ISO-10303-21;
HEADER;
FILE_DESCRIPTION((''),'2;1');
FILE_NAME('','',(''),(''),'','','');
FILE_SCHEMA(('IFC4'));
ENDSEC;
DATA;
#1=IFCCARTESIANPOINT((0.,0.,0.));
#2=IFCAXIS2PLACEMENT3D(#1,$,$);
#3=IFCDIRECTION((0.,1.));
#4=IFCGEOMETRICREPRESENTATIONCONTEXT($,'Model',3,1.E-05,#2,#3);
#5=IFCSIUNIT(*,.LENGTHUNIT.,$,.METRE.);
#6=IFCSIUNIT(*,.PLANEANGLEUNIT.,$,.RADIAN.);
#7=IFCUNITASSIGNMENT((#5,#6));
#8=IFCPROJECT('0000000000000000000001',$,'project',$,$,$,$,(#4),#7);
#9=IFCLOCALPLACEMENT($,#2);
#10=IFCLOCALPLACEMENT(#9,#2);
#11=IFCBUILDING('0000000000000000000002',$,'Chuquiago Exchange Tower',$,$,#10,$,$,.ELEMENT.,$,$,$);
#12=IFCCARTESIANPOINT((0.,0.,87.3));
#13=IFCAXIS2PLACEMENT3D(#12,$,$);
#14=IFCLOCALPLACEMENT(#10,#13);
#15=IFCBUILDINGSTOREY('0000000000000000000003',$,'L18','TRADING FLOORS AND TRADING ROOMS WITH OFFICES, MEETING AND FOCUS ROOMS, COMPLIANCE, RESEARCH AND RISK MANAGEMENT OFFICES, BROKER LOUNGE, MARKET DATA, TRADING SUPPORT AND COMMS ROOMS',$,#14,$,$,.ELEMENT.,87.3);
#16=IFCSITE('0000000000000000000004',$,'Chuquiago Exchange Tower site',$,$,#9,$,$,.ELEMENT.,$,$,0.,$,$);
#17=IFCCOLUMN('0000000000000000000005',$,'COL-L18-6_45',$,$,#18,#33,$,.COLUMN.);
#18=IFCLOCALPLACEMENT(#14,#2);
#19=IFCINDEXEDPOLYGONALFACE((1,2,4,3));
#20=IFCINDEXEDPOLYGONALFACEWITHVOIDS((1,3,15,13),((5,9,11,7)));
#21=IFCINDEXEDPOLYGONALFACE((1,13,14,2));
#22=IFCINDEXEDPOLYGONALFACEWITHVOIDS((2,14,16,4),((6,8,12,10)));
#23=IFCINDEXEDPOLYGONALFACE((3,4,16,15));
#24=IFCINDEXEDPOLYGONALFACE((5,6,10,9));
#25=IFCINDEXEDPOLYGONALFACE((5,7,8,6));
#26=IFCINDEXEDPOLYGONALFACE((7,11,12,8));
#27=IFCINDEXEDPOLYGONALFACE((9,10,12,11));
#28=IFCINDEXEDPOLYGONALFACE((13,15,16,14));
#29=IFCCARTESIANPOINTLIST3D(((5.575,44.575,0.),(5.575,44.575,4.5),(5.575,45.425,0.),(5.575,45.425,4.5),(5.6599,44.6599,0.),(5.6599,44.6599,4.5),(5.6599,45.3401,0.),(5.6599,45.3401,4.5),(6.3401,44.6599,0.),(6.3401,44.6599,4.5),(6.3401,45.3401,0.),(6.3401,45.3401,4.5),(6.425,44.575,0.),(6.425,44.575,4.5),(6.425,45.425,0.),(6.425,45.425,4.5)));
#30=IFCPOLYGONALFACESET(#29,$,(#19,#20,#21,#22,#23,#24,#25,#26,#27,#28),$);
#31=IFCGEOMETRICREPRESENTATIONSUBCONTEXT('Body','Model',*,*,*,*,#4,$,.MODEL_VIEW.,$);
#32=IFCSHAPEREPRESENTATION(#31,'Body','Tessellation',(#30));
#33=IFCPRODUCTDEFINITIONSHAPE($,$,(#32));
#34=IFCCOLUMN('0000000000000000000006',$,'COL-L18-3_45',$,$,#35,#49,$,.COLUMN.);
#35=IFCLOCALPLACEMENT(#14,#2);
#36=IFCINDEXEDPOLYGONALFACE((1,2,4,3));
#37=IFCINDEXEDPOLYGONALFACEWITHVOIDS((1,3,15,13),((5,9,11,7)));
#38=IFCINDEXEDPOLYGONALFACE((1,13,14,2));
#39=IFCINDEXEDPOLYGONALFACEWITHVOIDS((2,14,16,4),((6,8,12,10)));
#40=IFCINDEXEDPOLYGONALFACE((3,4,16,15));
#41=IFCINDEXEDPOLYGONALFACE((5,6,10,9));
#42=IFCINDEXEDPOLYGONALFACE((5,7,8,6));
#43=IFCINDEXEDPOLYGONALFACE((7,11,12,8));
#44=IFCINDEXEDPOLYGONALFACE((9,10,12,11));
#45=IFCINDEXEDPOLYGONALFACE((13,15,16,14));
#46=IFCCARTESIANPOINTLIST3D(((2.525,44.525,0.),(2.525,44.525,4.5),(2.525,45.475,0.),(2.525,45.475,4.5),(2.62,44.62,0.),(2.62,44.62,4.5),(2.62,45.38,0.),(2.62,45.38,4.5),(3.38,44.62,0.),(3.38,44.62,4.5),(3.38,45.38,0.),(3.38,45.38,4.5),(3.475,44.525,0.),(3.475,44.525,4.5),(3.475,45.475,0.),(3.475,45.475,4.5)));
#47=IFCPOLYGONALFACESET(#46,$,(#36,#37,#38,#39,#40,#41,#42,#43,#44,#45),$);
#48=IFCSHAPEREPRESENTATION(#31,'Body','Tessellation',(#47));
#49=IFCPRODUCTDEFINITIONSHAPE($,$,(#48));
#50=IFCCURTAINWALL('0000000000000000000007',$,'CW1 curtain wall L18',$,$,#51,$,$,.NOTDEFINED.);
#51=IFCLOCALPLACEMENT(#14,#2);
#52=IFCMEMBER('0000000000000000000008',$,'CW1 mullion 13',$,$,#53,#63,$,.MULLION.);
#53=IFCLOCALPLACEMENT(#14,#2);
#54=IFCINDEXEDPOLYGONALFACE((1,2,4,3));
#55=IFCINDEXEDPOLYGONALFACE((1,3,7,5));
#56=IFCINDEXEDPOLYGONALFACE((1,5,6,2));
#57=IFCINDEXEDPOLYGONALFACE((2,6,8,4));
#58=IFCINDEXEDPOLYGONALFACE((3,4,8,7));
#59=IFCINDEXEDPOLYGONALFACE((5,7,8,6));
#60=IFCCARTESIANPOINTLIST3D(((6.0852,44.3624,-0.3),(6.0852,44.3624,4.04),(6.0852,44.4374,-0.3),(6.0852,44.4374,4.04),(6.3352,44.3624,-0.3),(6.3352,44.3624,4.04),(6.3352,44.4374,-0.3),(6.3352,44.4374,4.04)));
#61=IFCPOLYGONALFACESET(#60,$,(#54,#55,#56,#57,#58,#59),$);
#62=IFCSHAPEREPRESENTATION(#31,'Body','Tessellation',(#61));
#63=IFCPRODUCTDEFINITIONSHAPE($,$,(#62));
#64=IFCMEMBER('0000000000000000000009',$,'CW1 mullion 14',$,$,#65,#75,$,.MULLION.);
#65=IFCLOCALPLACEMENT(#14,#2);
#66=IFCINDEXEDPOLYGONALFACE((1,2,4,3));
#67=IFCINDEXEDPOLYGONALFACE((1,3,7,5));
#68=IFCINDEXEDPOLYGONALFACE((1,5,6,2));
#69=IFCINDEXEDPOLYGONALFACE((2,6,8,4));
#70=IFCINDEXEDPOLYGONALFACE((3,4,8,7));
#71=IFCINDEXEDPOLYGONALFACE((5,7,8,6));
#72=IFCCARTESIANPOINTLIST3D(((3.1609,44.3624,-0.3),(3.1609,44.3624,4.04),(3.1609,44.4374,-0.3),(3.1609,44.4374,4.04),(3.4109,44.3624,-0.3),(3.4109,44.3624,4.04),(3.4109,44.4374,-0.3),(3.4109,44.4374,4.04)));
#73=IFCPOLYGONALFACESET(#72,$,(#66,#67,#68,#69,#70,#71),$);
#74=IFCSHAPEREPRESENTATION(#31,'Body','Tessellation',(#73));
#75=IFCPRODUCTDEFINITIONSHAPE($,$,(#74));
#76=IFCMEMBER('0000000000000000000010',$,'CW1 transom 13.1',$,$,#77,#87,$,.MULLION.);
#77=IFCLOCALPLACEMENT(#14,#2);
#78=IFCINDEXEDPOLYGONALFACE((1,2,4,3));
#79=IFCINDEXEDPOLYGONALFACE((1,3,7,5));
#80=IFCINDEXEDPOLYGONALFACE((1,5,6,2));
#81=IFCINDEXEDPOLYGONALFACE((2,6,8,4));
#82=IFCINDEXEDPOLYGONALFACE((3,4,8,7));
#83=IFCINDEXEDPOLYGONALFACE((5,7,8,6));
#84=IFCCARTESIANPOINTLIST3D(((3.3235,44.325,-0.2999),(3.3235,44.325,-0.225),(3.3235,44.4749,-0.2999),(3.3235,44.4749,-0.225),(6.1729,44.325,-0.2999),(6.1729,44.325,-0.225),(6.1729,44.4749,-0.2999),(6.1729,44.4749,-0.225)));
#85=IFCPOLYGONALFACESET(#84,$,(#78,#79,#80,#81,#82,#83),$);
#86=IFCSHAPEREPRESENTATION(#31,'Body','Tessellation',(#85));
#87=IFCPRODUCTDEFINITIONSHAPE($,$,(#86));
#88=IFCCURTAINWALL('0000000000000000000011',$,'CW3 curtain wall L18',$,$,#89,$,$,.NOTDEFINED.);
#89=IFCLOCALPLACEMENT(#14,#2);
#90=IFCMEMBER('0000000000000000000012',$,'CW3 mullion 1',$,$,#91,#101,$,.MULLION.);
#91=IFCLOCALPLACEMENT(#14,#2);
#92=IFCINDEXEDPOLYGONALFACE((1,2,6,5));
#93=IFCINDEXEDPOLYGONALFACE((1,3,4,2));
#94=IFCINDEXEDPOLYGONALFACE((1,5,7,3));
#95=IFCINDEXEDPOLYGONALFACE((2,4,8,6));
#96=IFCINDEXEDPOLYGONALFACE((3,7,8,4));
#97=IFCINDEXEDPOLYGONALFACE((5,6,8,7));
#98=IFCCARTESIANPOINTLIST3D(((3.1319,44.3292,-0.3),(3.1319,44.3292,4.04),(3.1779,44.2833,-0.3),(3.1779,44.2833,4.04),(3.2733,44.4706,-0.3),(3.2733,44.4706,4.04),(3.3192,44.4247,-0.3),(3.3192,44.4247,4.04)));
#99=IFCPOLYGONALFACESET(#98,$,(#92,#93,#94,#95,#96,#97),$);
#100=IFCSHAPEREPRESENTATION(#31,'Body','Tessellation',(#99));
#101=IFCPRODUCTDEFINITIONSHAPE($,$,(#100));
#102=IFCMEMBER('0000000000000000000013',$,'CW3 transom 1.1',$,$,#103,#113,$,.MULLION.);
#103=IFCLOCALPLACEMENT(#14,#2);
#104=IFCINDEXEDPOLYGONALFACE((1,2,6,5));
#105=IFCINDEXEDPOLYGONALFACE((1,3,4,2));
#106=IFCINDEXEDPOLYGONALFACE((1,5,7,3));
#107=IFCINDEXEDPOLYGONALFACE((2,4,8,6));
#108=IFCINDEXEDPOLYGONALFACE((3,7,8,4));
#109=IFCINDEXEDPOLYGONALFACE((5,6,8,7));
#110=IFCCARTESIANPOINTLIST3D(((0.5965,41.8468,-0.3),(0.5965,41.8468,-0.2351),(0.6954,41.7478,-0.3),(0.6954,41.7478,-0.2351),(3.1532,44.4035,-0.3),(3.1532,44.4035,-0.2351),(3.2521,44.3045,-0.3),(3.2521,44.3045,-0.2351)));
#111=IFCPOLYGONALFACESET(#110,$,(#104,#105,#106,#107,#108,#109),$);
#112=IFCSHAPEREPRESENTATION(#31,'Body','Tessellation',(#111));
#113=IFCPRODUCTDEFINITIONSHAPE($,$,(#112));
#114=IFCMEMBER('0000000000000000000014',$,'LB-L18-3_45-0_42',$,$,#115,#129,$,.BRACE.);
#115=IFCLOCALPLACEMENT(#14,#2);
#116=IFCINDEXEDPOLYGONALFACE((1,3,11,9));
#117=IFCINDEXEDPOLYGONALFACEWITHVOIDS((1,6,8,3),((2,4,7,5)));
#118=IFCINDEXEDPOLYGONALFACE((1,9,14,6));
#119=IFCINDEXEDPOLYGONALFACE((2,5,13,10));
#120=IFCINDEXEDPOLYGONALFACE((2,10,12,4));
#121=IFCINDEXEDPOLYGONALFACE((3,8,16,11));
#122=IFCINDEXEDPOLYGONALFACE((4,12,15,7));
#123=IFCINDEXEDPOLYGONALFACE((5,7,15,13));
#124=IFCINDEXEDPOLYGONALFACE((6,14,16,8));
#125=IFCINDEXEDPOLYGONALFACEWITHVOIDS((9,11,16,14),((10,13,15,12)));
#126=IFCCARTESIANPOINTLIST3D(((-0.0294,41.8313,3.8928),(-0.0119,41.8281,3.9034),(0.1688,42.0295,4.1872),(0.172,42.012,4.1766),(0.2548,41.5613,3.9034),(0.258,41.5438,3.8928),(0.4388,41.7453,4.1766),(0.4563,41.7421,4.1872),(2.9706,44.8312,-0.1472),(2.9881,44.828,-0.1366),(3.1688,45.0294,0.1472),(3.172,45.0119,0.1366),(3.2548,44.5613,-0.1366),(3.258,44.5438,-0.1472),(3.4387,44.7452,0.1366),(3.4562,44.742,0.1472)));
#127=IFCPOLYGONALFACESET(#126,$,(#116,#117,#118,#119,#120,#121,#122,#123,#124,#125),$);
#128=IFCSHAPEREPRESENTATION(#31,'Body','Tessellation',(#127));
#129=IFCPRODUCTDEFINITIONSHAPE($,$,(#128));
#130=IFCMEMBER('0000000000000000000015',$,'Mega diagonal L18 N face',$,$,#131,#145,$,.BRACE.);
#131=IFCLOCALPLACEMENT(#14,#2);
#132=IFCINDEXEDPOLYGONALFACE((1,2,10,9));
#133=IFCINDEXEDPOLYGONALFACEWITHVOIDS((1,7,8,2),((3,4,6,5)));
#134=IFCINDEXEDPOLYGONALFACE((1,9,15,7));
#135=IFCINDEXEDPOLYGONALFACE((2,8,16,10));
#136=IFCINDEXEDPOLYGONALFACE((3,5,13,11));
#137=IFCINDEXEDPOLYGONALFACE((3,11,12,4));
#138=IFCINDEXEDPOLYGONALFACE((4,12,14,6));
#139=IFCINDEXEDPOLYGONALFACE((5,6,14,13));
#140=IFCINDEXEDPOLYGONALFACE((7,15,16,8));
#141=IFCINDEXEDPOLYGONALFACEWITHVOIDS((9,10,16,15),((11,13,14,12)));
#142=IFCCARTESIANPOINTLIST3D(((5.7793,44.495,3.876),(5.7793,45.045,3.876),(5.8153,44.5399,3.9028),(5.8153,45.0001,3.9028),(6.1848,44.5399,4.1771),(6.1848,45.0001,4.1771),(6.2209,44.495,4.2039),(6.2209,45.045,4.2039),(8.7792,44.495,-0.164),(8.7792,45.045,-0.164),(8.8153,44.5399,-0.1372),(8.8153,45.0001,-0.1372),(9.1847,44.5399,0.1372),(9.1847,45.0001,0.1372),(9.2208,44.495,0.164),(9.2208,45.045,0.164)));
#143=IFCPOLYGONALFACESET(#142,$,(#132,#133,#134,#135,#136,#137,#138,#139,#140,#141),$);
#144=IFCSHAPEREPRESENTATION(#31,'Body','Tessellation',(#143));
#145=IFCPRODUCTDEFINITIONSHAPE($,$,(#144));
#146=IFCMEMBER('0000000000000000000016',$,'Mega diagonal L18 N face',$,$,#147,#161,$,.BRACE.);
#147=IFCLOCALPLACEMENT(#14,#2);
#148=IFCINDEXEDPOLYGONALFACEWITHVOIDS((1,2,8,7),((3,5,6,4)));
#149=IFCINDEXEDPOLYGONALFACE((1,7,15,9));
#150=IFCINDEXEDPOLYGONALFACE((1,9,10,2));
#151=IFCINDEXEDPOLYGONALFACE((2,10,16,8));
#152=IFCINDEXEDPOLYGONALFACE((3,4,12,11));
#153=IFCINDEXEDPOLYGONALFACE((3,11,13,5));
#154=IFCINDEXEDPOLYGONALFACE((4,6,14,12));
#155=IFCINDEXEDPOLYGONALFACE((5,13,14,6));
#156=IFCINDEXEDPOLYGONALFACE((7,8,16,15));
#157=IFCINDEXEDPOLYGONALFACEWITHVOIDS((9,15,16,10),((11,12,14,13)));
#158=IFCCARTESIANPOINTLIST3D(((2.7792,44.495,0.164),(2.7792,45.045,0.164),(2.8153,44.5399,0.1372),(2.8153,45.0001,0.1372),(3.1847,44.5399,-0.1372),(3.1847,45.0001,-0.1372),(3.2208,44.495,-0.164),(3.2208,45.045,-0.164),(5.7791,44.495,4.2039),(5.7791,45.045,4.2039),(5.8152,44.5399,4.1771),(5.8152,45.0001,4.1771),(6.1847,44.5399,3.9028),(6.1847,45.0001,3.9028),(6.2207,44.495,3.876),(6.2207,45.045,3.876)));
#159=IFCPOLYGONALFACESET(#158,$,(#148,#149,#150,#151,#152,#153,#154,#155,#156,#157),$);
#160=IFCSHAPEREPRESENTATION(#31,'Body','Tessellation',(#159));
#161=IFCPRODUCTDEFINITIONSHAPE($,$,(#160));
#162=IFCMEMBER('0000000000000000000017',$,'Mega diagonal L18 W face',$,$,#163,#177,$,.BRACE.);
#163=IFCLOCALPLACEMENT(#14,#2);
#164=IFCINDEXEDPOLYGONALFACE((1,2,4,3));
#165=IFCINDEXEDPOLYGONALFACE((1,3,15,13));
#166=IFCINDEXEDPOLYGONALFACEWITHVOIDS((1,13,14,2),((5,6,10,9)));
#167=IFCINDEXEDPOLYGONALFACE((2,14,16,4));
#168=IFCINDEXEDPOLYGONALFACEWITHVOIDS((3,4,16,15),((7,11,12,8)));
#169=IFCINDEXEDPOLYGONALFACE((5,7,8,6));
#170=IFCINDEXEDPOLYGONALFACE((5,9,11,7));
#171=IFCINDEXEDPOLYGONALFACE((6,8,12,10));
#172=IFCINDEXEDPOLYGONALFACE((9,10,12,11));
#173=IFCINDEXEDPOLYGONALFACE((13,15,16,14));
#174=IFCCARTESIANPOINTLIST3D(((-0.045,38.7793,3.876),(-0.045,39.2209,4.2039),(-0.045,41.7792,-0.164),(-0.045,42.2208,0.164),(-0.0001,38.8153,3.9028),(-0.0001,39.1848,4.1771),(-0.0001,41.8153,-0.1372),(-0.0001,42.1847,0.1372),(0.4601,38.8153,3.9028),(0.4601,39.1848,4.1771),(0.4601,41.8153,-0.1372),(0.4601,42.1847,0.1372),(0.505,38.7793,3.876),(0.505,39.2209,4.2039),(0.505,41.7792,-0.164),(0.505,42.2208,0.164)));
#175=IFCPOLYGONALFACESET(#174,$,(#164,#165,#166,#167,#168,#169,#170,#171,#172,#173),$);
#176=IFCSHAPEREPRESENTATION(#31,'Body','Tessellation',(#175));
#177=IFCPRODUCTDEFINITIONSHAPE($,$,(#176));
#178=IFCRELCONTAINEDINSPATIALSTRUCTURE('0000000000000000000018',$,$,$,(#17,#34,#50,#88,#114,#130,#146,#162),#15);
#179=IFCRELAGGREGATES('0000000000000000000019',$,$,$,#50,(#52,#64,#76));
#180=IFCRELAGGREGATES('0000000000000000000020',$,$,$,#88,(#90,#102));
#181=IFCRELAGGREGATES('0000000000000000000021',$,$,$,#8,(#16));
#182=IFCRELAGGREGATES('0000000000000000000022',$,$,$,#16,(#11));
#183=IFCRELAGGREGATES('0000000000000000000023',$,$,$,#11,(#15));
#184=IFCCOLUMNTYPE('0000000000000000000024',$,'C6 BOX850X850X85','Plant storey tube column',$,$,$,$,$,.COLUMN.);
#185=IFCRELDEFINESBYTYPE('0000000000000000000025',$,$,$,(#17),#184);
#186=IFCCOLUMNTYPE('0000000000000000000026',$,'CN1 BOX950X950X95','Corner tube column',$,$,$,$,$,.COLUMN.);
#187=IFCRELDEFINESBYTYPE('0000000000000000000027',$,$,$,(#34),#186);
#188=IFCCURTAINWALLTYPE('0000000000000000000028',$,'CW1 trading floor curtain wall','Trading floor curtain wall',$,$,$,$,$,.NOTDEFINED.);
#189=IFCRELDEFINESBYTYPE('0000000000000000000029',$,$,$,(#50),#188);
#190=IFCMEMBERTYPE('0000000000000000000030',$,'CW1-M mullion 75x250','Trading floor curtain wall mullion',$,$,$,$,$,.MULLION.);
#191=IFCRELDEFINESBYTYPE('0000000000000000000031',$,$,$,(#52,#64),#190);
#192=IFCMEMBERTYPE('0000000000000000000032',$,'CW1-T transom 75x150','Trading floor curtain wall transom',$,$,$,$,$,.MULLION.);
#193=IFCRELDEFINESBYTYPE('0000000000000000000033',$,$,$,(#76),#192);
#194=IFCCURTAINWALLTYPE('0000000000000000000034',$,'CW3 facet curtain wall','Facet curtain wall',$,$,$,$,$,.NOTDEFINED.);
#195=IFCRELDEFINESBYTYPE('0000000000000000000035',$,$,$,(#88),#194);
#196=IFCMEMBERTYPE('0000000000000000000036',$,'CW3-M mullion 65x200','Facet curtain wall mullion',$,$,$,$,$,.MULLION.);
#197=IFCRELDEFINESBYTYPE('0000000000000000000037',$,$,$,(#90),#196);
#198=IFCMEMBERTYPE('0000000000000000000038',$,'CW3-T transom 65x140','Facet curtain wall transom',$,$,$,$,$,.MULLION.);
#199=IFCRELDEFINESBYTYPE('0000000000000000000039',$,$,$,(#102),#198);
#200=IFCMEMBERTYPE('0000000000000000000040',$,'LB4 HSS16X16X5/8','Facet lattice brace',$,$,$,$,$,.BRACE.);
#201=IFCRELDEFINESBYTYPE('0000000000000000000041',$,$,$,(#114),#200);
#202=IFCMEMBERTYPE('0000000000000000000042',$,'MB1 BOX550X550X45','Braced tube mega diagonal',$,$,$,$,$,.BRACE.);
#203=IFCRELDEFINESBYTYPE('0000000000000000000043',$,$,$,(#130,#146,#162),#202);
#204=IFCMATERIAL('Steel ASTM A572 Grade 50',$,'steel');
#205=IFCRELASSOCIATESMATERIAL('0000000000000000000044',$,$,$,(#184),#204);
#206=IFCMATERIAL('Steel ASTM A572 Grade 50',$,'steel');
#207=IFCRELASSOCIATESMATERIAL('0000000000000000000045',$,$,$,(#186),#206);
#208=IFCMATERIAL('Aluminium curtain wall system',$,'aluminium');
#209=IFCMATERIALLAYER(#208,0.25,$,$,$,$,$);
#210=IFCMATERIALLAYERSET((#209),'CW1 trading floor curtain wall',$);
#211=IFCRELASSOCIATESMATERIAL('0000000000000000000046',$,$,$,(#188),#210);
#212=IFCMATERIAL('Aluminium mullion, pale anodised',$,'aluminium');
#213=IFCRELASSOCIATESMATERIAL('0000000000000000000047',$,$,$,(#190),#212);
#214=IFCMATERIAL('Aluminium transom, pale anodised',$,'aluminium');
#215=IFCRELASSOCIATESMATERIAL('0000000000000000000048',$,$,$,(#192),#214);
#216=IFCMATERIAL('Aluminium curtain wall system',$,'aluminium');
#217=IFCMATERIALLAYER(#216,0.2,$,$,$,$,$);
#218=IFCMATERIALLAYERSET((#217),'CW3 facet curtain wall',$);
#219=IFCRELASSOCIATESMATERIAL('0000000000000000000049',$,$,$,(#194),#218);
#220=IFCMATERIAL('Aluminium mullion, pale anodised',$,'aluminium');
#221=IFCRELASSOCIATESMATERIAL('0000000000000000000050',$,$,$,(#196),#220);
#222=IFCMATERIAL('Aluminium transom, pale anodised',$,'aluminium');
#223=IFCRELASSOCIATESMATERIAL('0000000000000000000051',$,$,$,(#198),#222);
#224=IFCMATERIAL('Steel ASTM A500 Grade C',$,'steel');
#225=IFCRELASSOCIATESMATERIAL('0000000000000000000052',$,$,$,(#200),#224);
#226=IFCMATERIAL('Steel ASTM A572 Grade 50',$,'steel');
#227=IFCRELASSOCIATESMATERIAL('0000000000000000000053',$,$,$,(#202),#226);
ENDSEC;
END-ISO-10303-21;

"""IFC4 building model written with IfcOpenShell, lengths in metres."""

from ifc_helpers import new_model, si_unit, direction, frame, origin, origin_2d, place, context, subcontext, project, spatial, rectangle, hollow_rectangle, extrude, material, layer, layer_set, material_profile, profile_set, type_object, element, aggregate, save


model = new_model("IFC4")

# Units and contexts
model_context = context("Model", 3, precision=1e-05, world=origin(), true_north=direction((0.0, 1.0)))
body_context = subcontext(model_context, "Body", "Model", "MODEL_VIEW")
ifc_project = project(units=[si_unit("LENGTHUNIT", "METRE"), si_unit("PLANEANGLEUNIT", "RADIAN")], contexts=[model_context])

# Site, building, storey
site_placement = place(None, origin())
site = spatial("IfcSite", under=ifc_project, at=site_placement, Name="Chuquiago Exchange Tower site", CompositionType="ELEMENT", RefElevation=0.0)
building_placement = place(site_placement, origin())
building = spatial("IfcBuilding", under=site, at=building_placement, Name="Chuquiago Exchange Tower", CompositionType="ELEMENT")
storey_placement = place(building_placement, frame((0.0, 0.0, 87.3)))
storey = spatial("IfcBuildingStorey", under=building, at=storey_placement, Name="L18", Description="TRADING FLOORS AND TRADING ROOMS WITH OFFICES, MEETING AND FOCUS ROOMS, COMPLIANCE, RESEARCH AND RISK MANAGEMENT OFFICES, BROKER LOUNGE, MARKET DATA, TRADING SUPPORT AND COMMS ROOMS", CompositionType="ELEMENT", Elevation=87.3)

# Columns
ifc_material_1 = material(Name="Steel ASTM A572 Grade 50", Category="steel")
ifc_material_profile_1 = material_profile(ifc_material_1, hollow_rectangle(XDim=0.8501, YDim=0.8501, WallThickness=0.085, at=origin_2d()), Name="BOX850X850X85")
ifc_profile_set_1 = profile_set([ifc_material_profile_1], Name="Steel ASTM A572 Grade 50")
column_type_1 = type_object("IfcColumnType", Name="C6 BOX850X850X85", Description="Plant storey tube column", PredefinedType="COLUMN", material=ifc_profile_set_1)
column_1_placement = place(storey_placement, frame((6.0, 45.0, 0.0), z_axis=(0.0, 0.0, 1.0), x_axis=(0.0, 1.0, 0.0)))
element("IfcColumn", 1, at=column_1_placement, inside=storey, type_object=column_type_1, Name="COL-L18-6_45", PredefinedType="COLUMN", context=body_context, shape_type="SweptSolid", body=[
    extrude(hollow_rectangle(XDim=0.8501, YDim=0.8501, WallThickness=0.085, at=origin_2d()), origin(), (0.0, 0.0, 1.0), 4.5),
])
ifc_material_2 = material(Name="Steel ASTM A572 Grade 50", Category="steel")
ifc_material_profile_2 = material_profile(ifc_material_2, hollow_rectangle(XDim=0.95, YDim=0.95, WallThickness=0.095, at=origin_2d()), Name="BOX950X950X95")
ifc_profile_set_2 = profile_set([ifc_material_profile_2], Name="Steel ASTM A572 Grade 50")
column_type_2 = type_object("IfcColumnType", Name="CN1 BOX950X950X95", Description="Corner tube column", PredefinedType="COLUMN", material=ifc_profile_set_2)
column_2_placement = place(storey_placement, frame((3.0, 45.0, 0.0), z_axis=(0.0, 0.0, 1.0), x_axis=(0.0, 1.0, 0.0)))
element("IfcColumn", 2, at=column_2_placement, inside=storey, type_object=column_type_2, Name="COL-L18-3_45", PredefinedType="COLUMN", context=body_context, shape_type="SweptSolid", body=[
    extrude(hollow_rectangle(XDim=0.95, YDim=0.95, WallThickness=0.095, at=origin_2d()), origin(), (0.0, 0.0, 1.0), 4.5),
])

# Curtain walls, members
ifc_material_3 = material(Name="Aluminium curtain wall system", Category="aluminium")
ifc_layer_1 = layer(ifc_material_3, 0.25)
ifc_layer_set_1 = layer_set([ifc_layer_1], Name="CW1 trading floor curtain wall")
curtain_wall_type_1 = type_object("IfcCurtainWallType", Name="CW1 trading floor curtain wall", Description="Trading floor curtain wall", PredefinedType="NOTDEFINED", material=ifc_layer_set_1)
curtain_wall_1_placement = place(storey_placement, origin())
curtain_wall_1 = element("IfcCurtainWall", 3, at=curtain_wall_1_placement, inside=storey, type_object=curtain_wall_type_1, Name="CW1 curtain wall L18", PredefinedType="NOTDEFINED")
ifc_material_4 = material(Name="Aluminium mullion, pale anodised", Category="aluminium")
ifc_material_profile_3 = material_profile(ifc_material_4, rectangle(XDim=0.075, YDim=0.25, at=origin_2d()), Name="AL 75x250")
ifc_profile_set_3 = profile_set([ifc_material_profile_3], Name="Aluminium mullion, pale anodised")
member_type_1 = type_object("IfcMemberType", Name="CW1-M mullion 75x250", Description="Trading floor curtain wall mullion", PredefinedType="MULLION", material=ifc_profile_set_3)
member_1_placement = place(storey_placement, frame((6.2102, 44.3999, -0.3), z_axis=(0.0, 0.0, 1.0), x_axis=(0.0, -1.0, 0.0)))
member_1 = element("IfcMember", 4, at=member_1_placement, type_object=member_type_1, Name="CW1 mullion 13", PredefinedType="MULLION", context=body_context, shape_type="SweptSolid", body=[
    extrude(rectangle(XDim=0.075, YDim=0.25, at=origin_2d()), origin(), (0.0, 0.0, 1.0), 4.3401),
])
member_2_placement = place(storey_placement, frame((3.2859, 44.3999, -0.3), z_axis=(0.0, 0.0, 1.0), x_axis=(0.0, -1.0, 0.0)))
member_2 = element("IfcMember", 5, at=member_2_placement, type_object=member_type_1, Name="CW1 mullion 14", PredefinedType="MULLION", context=body_context, shape_type="SweptSolid", body=[
    extrude(rectangle(XDim=0.075, YDim=0.25, at=origin_2d()), origin(), (0.0, 0.0, 1.0), 4.3401),
])
ifc_material_5 = material(Name="Aluminium transom, pale anodised", Category="aluminium")
ifc_material_profile_4 = material_profile(ifc_material_5, rectangle(XDim=0.1499, YDim=0.075, at=origin_2d()), Name="AL 150x75")
ifc_profile_set_4 = profile_set([ifc_material_profile_4], Name="Aluminium transom, pale anodised")
member_type_2 = type_object("IfcMemberType", Name="CW1-T transom 75x150", Description="Trading floor curtain wall transom", PredefinedType="MULLION", material=ifc_profile_set_4)
member_3_placement = place(storey_placement, frame((6.1729, 44.3999, -0.2625), z_axis=(-1.0, 0.0, 0.0), x_axis=(0.0, -1.0, 0.0)))
member_3 = element("IfcMember", 6, at=member_3_placement, type_object=member_type_2, Name="CW1 transom 13.1", PredefinedType="MULLION", context=body_context, shape_type="SweptSolid", body=[
    extrude(rectangle(XDim=0.1499, YDim=0.075, at=origin_2d()), origin(), (0.0, 0.0, 1.0), 2.8494),
])
ifc_material_6 = material(Name="Aluminium curtain wall system", Category="aluminium")
ifc_layer_2 = layer(ifc_material_6, 0.2)
ifc_layer_set_2 = layer_set([ifc_layer_2], Name="CW3 facet curtain wall")
curtain_wall_type_2 = type_object("IfcCurtainWallType", Name="CW3 facet curtain wall", Description="Facet curtain wall", PredefinedType="NOTDEFINED", material=ifc_layer_set_2)
curtain_wall_2_placement = place(storey_placement, origin())
curtain_wall_2 = element("IfcCurtainWall", 7, at=curtain_wall_2_placement, inside=storey, type_object=curtain_wall_type_2, Name="CW3 curtain wall L18", PredefinedType="NOTDEFINED")
ifc_material_7 = material(Name="Aluminium mullion, pale anodised", Category="aluminium")
ifc_material_profile_5 = material_profile(ifc_material_7, rectangle(XDim=0.0649, YDim=0.2, at=origin_2d()), Name="AL 65x200")
ifc_profile_set_5 = profile_set([ifc_material_profile_5], Name="Aluminium mullion, pale anodised")
member_type_3 = type_object("IfcMemberType", Name="CW3-M mullion 65x200", Description="Facet curtain wall mullion", PredefinedType="MULLION", material=ifc_profile_set_5)
member_4_placement = place(storey_placement, frame((3.2256, 44.377, -0.3), z_axis=(0.0, 0.0, 1.0), x_axis=(0.707107, -0.707107, 0.0)))
member_4 = element("IfcMember", 8, at=member_4_placement, type_object=member_type_3, Name="CW3 mullion 1", PredefinedType="MULLION", context=body_context, shape_type="SweptSolid", body=[
    extrude(rectangle(XDim=0.0649, YDim=0.2, at=origin_2d()), origin(), (0.0, 0.0, 1.0), 4.3401),
])
ifc_material_8 = material(Name="Aluminium transom, pale anodised", Category="aluminium")
ifc_material_profile_6 = material_profile(ifc_material_8, rectangle(XDim=0.1399, YDim=0.0649, at=origin_2d()), Name="AL 140x65")
ifc_profile_set_6 = profile_set([ifc_material_profile_6], Name="Aluminium transom, pale anodised")
member_type_4 = type_object("IfcMemberType", Name="CW3-T transom 65x140", Description="Facet curtain wall transom", PredefinedType="MULLION", material=ifc_profile_set_6)
member_5_placement = place(storey_placement, frame((3.2026, 44.354, -0.2676), z_axis=(-0.707107, -0.707107, 0.0), x_axis=(0.707107, -0.707107, 0.0)))
member_5 = element("IfcMember", 9, at=member_5_placement, type_object=member_type_4, Name="CW3 transom 1.1", PredefinedType="MULLION", context=body_context, shape_type="SweptSolid", body=[
    extrude(rectangle(XDim=0.1399, YDim=0.0649, at=origin_2d()), origin(), (0.0, 0.0, 1.0), 3.6157),
])

# Members
ifc_material_9 = material(Name="Steel ASTM A500 Grade C", Category="steel")
ifc_material_profile_7 = material_profile(ifc_material_9, hollow_rectangle(XDim=0.4065, YDim=0.4065, WallThickness=0.0146, at=origin_2d()), Name="HSS16X16X5/8")
ifc_profile_set_7 = profile_set([ifc_material_profile_7], Name="Steel ASTM A500 Grade C")
member_type_5 = type_object("IfcMemberType", Name="LB4 HSS16X16X5/8", Description="Facet lattice brace", PredefinedType="BRACE", material=ifc_profile_set_7)
member_6_placement = place(storey_placement, frame((3.2134, 44.7866, 0.0), z_axis=(-0.512077, -0.512077, 0.689604), x_axis=(0.707107, -0.707107, 0.0)))
element("IfcMember", 10, at=member_6_placement, inside=storey, type_object=member_type_5, Name="LB-L18-3_45-0_42", PredefinedType="BRACE", context=body_context, shape_type="SweptSolid", body=[
    extrude(hollow_rectangle(XDim=0.4065, YDim=0.4065, WallThickness=0.0146, at=origin_2d()), origin(), (0.0, 0.0, 1.0), 5.8584),
])
ifc_material_10 = material(Name="Steel ASTM A572 Grade 50", Category="steel")
ifc_material_profile_8 = material_profile(ifc_material_10, hollow_rectangle(XDim=0.55, YDim=0.55, WallThickness=0.0449, at=origin_2d()), Name="BOX550X550X45")
ifc_profile_set_8 = profile_set([ifc_material_profile_8], Name="Steel ASTM A572 Grade 50")
member_type_6 = type_object("IfcMemberType", Name="MB1 BOX550X550X45", Description="Braced tube mega diagonal", PredefinedType="BRACE", material=ifc_profile_set_8)
for number, where, z_axis, x_axis, name in (
    (11, (9.0, 44.77, 0.0), (-0.596174, 0.0, 0.802855), (0.0, -1.0, 0.0), "Mega diagonal L18 N face"),
    (12, (3.0, 44.77, 0.0), (0.596174, 0.0, 0.802855), (0.0, 1.0, 0.0), "Mega diagonal L18 N face"),
    (13, (0.23, 42.0, 0.0), (0.0, -0.596174, 0.802855), (1.0, 0.0, 0.0), "Mega diagonal L18 W face"),
):
    element("IfcMember", number, at=place(storey_placement, frame(where, z_axis=z_axis, x_axis=x_axis)), inside=storey, type_object=member_type_6, Name=name, PredefinedType="BRACE", context=body_context, shape_type="SweptSolid", body=[
        extrude(hollow_rectangle(XDim=0.55, YDim=0.55, WallThickness=0.0449, at=origin_2d()), origin(), (0.0, 0.0, 1.0), 5.032),
    ])

aggregate(curtain_wall_1, [member_1, member_2, member_3])
aggregate(curtain_wall_2, [member_4, member_5])

save(model, "model.ifc")
